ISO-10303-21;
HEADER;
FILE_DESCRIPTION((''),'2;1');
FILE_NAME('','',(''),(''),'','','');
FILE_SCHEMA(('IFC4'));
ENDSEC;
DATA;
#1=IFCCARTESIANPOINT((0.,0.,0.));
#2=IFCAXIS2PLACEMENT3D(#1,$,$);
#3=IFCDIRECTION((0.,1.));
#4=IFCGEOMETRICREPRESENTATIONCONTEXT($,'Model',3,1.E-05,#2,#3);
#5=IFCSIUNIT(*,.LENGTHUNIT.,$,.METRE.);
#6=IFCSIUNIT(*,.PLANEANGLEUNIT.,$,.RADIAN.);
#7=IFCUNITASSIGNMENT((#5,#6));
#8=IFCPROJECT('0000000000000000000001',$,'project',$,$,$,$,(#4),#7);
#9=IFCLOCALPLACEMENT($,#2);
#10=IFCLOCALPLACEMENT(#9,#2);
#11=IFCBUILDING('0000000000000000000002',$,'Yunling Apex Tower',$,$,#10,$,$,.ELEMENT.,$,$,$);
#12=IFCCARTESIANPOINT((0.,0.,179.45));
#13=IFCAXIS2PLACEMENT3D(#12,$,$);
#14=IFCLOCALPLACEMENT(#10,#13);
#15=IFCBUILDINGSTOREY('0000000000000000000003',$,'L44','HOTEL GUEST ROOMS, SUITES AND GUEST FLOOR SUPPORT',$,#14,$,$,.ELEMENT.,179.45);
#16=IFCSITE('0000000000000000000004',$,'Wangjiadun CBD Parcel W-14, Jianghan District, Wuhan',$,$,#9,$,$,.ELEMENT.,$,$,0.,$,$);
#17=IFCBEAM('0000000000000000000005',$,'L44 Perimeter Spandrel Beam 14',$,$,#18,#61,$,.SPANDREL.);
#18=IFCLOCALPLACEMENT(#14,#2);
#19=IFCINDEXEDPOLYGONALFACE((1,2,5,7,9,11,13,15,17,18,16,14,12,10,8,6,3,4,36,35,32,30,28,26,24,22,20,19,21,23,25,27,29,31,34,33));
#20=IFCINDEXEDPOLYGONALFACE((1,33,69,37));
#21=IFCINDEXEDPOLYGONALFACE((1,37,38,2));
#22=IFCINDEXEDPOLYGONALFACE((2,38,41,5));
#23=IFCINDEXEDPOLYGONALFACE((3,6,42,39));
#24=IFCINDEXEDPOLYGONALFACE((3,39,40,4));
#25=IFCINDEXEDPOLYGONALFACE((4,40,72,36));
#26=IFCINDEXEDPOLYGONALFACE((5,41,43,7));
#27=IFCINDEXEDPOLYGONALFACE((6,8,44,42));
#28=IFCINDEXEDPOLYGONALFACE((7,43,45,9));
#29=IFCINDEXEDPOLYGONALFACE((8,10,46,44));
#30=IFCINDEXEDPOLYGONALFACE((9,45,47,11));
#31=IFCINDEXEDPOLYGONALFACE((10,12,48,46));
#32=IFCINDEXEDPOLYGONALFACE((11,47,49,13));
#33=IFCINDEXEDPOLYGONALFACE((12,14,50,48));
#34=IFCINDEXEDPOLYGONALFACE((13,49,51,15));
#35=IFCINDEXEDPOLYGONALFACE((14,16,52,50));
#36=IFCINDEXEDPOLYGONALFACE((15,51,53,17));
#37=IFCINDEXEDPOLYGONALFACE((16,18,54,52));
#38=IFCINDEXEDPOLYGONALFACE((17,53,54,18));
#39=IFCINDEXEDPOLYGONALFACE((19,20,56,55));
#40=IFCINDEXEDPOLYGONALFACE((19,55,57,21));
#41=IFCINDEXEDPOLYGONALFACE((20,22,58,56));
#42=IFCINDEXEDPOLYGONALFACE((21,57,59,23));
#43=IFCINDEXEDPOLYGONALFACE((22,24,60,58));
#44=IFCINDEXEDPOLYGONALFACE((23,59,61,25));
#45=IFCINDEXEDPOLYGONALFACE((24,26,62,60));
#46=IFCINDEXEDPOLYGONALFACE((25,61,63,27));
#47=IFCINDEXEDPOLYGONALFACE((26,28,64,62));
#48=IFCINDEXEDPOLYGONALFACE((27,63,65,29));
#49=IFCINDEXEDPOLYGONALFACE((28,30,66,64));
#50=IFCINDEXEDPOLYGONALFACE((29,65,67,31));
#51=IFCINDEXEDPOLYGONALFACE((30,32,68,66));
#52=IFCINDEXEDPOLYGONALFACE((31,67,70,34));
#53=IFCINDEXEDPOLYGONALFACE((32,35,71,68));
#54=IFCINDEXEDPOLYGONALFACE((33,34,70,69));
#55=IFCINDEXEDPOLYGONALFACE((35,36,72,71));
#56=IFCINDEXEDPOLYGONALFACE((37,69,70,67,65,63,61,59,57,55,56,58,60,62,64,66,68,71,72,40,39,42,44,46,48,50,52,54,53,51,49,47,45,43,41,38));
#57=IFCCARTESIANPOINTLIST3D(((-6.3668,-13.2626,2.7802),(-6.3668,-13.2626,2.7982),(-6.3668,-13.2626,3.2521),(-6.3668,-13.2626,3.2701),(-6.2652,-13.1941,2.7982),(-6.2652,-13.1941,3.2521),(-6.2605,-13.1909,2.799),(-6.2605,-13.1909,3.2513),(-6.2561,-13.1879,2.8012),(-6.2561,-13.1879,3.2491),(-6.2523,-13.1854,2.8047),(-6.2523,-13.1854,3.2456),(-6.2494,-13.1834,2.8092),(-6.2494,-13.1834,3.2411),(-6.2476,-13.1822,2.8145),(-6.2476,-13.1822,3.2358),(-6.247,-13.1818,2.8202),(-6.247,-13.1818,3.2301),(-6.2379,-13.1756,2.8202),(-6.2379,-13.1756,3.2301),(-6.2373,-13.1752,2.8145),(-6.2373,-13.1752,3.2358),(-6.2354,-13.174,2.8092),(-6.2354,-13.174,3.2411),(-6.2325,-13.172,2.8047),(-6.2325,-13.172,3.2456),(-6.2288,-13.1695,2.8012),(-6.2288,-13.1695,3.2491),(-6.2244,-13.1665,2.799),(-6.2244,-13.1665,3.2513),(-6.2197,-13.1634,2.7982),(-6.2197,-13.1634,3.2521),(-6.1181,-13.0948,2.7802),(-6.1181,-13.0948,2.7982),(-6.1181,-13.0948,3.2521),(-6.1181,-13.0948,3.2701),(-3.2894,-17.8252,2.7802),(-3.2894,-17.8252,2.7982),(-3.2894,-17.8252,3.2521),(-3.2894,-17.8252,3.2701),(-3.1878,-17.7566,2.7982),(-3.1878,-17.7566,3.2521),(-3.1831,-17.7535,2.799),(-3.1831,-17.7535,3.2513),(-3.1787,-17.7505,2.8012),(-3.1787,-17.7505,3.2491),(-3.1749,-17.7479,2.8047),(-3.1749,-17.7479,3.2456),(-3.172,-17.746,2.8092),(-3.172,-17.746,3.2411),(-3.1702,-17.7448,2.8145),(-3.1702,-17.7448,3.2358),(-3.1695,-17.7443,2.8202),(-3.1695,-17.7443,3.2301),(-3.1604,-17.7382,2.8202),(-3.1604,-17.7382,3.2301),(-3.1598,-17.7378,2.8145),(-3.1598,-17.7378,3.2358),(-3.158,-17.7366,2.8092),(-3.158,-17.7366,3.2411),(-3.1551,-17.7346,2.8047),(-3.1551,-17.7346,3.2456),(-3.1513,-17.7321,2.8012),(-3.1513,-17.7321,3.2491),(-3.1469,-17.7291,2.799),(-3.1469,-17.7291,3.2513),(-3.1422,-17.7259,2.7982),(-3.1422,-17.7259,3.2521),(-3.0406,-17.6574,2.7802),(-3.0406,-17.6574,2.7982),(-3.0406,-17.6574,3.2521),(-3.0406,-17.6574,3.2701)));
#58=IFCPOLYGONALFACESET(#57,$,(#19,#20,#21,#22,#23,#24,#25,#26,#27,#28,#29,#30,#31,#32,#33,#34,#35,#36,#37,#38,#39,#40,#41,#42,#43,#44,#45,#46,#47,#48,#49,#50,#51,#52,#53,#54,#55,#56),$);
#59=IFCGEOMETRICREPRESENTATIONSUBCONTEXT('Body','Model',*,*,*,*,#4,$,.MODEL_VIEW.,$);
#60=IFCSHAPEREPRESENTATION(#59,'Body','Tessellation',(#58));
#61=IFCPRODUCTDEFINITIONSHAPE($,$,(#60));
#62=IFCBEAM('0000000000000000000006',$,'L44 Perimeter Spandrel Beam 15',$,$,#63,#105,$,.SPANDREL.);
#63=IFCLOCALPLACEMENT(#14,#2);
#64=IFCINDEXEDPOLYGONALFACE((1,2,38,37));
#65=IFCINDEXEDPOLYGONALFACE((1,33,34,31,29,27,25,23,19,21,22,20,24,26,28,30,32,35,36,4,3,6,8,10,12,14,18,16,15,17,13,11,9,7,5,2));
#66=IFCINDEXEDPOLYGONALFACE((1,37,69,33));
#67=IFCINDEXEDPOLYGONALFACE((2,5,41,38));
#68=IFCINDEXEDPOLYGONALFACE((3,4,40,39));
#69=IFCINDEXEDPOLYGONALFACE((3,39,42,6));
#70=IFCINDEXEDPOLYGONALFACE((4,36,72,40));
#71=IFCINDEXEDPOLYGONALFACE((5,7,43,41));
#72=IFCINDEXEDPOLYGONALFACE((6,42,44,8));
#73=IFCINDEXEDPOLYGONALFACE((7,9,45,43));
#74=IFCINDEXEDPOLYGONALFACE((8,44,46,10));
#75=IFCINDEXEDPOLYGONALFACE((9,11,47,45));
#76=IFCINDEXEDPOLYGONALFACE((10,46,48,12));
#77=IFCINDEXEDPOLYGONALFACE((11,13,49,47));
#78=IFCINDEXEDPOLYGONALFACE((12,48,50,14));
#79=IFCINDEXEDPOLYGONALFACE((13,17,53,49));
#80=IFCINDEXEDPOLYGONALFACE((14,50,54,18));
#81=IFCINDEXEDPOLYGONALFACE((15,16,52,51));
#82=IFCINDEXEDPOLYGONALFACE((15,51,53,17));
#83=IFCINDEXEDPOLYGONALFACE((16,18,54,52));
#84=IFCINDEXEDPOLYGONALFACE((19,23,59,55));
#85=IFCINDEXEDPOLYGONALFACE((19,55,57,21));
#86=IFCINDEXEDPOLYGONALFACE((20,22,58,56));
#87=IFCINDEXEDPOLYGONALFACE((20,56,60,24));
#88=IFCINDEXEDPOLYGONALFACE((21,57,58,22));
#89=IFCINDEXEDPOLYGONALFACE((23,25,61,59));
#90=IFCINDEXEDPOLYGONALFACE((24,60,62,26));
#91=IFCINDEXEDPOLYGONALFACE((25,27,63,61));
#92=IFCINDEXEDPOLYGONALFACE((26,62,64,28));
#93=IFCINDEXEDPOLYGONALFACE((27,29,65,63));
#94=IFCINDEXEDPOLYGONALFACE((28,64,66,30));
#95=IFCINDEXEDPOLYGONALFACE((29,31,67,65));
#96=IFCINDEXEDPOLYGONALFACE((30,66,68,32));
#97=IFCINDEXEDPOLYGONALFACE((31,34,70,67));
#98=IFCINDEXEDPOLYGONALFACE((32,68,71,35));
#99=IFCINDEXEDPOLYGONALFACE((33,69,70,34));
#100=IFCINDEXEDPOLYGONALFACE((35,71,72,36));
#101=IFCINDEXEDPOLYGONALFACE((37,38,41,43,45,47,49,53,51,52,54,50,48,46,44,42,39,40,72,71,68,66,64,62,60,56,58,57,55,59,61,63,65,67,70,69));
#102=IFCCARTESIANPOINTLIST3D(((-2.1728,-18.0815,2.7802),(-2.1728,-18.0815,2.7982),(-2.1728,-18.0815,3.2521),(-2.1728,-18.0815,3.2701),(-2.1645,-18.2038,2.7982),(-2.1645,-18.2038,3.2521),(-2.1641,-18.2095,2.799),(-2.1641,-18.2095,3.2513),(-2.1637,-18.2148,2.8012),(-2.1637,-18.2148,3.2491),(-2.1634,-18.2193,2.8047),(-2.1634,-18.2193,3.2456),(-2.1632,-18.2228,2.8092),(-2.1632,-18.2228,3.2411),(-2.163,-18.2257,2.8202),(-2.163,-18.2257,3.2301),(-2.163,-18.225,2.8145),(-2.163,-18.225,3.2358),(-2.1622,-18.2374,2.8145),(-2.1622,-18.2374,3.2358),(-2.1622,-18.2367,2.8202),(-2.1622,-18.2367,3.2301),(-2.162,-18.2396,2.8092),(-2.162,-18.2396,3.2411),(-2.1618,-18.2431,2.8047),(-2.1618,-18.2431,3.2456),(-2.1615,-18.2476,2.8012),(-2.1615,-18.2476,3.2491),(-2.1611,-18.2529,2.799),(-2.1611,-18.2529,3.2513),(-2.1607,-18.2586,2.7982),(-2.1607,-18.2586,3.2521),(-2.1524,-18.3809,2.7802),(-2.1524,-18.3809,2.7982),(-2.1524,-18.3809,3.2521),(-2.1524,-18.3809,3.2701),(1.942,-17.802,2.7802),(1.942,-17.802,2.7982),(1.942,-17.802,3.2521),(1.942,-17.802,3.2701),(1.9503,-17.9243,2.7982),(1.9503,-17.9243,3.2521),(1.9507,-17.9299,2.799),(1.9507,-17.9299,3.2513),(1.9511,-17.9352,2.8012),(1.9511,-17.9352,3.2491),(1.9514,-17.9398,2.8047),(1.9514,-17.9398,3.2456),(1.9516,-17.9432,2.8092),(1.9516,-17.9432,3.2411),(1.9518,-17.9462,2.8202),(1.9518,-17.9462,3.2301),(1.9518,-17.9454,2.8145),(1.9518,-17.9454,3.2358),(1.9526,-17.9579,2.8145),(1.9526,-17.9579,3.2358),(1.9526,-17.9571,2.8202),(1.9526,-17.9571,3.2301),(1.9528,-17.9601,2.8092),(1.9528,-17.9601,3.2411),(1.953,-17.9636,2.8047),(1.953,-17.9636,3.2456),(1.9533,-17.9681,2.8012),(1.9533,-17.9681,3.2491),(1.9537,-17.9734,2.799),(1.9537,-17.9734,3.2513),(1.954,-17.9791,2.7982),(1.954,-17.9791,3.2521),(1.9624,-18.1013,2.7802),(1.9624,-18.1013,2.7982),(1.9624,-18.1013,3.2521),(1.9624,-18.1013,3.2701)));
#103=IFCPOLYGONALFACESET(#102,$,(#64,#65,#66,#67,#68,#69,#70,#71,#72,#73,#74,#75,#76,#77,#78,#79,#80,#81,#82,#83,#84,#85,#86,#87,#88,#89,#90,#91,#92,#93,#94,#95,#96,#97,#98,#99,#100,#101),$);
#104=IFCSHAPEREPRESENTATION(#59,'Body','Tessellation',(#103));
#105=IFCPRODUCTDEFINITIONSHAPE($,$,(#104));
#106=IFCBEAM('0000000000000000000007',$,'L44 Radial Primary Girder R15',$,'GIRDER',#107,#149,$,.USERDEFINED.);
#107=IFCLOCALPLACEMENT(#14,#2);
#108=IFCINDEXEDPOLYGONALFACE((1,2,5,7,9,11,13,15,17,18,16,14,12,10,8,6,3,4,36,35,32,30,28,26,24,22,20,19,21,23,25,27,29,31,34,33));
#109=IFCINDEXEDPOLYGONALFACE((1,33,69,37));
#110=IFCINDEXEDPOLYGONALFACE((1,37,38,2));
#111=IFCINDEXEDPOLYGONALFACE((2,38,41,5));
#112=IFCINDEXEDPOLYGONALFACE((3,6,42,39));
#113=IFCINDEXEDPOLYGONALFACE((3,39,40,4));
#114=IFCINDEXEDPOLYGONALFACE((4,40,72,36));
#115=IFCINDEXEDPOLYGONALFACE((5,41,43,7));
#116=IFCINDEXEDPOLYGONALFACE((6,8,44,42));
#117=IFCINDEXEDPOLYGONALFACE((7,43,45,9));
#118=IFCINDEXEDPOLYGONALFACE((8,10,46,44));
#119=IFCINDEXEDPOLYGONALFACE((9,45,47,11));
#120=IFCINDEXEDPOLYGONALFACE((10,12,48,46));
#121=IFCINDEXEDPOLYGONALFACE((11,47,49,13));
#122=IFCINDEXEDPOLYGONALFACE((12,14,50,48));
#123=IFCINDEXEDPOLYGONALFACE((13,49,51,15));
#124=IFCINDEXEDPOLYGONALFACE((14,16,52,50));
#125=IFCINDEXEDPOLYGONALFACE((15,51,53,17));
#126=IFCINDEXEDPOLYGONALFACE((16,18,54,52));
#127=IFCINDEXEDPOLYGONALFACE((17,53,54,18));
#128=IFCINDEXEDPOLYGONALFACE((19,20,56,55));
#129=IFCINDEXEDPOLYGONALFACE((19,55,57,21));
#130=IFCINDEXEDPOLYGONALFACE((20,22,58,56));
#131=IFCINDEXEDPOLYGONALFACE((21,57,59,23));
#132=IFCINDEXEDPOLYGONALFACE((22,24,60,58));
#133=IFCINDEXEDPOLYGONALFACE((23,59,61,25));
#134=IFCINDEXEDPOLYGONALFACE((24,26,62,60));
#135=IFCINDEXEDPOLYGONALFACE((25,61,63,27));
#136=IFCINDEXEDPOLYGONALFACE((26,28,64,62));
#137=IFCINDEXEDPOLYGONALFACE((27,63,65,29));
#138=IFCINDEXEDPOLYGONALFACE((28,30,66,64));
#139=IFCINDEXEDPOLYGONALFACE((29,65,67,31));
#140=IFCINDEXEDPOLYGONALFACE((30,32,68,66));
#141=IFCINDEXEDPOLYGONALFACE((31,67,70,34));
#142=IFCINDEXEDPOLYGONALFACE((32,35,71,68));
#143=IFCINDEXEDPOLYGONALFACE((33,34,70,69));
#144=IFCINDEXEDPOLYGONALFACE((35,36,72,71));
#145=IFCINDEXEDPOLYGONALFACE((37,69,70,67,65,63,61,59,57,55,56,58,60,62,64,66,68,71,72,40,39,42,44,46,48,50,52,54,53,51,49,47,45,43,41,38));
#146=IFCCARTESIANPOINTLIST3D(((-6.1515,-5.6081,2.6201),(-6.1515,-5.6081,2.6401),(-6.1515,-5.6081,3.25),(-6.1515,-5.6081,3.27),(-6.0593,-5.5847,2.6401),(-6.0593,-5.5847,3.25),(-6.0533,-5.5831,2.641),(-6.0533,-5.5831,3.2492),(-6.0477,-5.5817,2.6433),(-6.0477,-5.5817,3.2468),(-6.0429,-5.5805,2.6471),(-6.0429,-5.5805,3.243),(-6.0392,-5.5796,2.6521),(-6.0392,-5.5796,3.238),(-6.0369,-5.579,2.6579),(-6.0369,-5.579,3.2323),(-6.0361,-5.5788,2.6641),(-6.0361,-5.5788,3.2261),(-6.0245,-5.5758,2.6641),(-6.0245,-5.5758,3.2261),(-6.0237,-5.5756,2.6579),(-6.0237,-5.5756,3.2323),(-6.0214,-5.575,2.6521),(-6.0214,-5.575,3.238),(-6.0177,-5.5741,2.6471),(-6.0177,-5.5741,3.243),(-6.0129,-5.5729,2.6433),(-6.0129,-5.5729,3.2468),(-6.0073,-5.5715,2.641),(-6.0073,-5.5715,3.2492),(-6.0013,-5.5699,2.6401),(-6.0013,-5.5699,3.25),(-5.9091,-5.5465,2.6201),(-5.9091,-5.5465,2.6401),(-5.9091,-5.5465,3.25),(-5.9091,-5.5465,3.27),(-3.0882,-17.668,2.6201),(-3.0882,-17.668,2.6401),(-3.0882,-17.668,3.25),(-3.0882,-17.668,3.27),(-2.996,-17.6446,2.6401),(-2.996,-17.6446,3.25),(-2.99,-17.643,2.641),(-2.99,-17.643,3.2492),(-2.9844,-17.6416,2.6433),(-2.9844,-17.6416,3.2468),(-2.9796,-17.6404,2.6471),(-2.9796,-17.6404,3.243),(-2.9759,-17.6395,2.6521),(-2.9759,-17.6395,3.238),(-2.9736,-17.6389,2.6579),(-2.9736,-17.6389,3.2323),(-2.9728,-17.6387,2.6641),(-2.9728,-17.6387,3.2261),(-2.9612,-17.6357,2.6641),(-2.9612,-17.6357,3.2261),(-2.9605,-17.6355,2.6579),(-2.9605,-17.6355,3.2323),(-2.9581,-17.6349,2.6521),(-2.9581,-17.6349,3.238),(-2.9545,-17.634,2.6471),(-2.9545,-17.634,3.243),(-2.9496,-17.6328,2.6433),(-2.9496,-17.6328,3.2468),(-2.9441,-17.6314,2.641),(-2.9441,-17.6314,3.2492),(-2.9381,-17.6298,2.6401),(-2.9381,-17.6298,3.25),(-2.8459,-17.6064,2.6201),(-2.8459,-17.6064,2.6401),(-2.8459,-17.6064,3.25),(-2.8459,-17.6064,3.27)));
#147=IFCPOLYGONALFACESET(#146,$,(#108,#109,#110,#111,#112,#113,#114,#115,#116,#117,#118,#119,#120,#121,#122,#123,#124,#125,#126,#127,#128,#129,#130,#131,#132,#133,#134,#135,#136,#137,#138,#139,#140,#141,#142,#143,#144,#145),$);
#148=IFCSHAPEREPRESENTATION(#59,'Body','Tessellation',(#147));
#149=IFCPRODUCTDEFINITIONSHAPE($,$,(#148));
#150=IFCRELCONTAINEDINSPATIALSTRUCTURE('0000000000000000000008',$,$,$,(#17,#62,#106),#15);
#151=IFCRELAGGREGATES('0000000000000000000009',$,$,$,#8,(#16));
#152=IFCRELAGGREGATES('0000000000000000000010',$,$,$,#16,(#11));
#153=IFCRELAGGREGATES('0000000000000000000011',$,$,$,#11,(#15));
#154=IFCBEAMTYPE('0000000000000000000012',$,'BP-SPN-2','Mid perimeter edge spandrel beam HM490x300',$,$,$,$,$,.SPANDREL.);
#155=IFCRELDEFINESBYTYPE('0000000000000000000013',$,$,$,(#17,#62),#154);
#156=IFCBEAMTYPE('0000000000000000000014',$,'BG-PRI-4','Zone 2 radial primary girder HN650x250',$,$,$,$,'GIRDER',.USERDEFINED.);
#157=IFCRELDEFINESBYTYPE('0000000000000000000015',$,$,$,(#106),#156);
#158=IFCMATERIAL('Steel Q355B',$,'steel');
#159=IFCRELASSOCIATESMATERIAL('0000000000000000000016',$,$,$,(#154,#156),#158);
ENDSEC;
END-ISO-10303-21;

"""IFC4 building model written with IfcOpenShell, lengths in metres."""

from ifc_helpers import new_model, si_unit, direction, frame, origin, origin_2d, place, context, subcontext, project, spatial, i_section, extrude, source, transform, mapped, material, material_profile, profile_set, type_object, element, save


model = new_model("IFC4")

# Units and contexts
model_context = context("Model", 3, precision=1e-05, world=origin(), true_north=direction((0.0, 1.0)))
body_context = subcontext(model_context, "Body", "Model", "MODEL_VIEW")
ifc_project = project(units=[si_unit("LENGTHUNIT", "METRE"), si_unit("PLANEANGLEUNIT", "RADIAN")], contexts=[model_context])

# Site, building, storey
site_placement = place(None, origin())
site = spatial("IfcSite", under=ifc_project, at=site_placement, Name="Wangjiadun CBD Parcel W-14, Jianghan District, Wuhan", CompositionType="ELEMENT", RefElevation=0.0)
building_placement = place(site_placement, origin())
building = spatial("IfcBuilding", under=site, at=building_placement, Name="Yunling Apex Tower", CompositionType="ELEMENT")
storey_placement = place(building_placement, frame((0.0, 0.0, 179.45)))
storey = spatial("IfcBuildingStorey", under=building, at=storey_placement, Name="L44", Description="HOTEL GUEST ROOMS, SUITES AND GUEST FLOOR SUPPORT", CompositionType="ELEMENT", Elevation=179.45)

# Beams
ifc_material_1 = material(Name="Steel Q355B", Category="steel")
ifc_material_profile_1 = material_profile(ifc_material_1, i_section(OverallWidth=0.3, OverallDepth=0.49, WebThickness=0.011, FlangeThickness=0.0181, FilletRadius=0.022, at=origin_2d()))
ifc_profile_set_1 = profile_set([ifc_material_profile_1], Name="Steel Q355B")
beam_type_1 = type_object("IfcBeamType", Name="BP-SPN-2", Description="Mid perimeter edge spandrel beam HM490x300", PredefinedType="SPANDREL", material=ifc_profile_set_1)
shared_shape_1 = source(origin(), body_context, "Body", "SweptSolid", [
    extrude(i_section(OverallWidth=0.3, OverallDepth=0.49, WebThickness=0.011, FlangeThickness=0.0181, FilletRadius=0.022, at=origin_2d()), origin(), (0.0, 0.0, 1.0), 5.5034),
])
beam_1_placement = place(storey_placement, frame((-6.2424, -13.1787, 3.0251), z_axis=(0.559186, -0.829042, 0.0), x_axis=(0.829042, 0.559186, 0.0)))
element("IfcBeam", 1, at=beam_1_placement, inside=storey, type_object=beam_type_1, Name="L44 Perimeter Spandrel Beam 14", PredefinedType="SPANDREL", context=body_context, shape_type="MappedRepresentation", body=[
    mapped(shared_shape_1, transform((0.0, 0.0, 0.0), scale=1.0)),
])
shared_shape_2 = source(origin(), body_context, "Body", "SweptSolid", [
    extrude(i_section(OverallWidth=0.3, OverallDepth=0.49, WebThickness=0.011, FlangeThickness=0.0181, FilletRadius=0.022, at=origin_2d()), origin(), (0.0, 0.0, 1.0), 4.1243),
])
beam_2_placement = place(storey_placement, frame((-2.1626, -18.2312, 3.0251), z_axis=(0.9977, 0.06778, 0.0), x_axis=(-0.06778, 0.9977, 0.0)))
element("IfcBeam", 2, at=beam_2_placement, inside=storey, type_object=beam_type_1, Name="L44 Perimeter Spandrel Beam 15", PredefinedType="SPANDREL", context=body_context, shape_type="MappedRepresentation", body=[
    mapped(shared_shape_2, transform((0.0, 0.0, 0.0), scale=1.0)),
])
ifc_material_profile_2 = material_profile(ifc_material_1, i_section(OverallWidth=0.25, OverallDepth=0.6499, WebThickness=0.012, FlangeThickness=0.02, FilletRadius=0.0239, at=origin_2d()))
ifc_profile_set_2 = profile_set([ifc_material_profile_2], Name="Steel Q355B")
beam_type_2 = type_object("IfcBeamType", Name="BG-PRI-4", Description="Zone 2 radial primary girder HN650x250", ElementType="GIRDER", PredefinedType="USERDEFINED", material=ifc_profile_set_2)
shared_shape_3 = source(origin(), body_context, "Body", "SweptSolid", [
    extrude(i_section(OverallWidth=0.25, OverallDepth=0.6499, WebThickness=0.012, FlangeThickness=0.02, FilletRadius=0.0239, at=origin_2d()), origin(), (0.0, 0.0, 1.0), 12.4429),
])
beam_3_placement = place(storey_placement, frame((-2.967, -17.6372, 2.9451), z_axis=(-0.246186, 0.969223, 0.0), x_axis=(-0.969223, -0.246186, 0.0)))
element("IfcBeam", 3, at=beam_3_placement, inside=storey, type_object=beam_type_2, Name="L44 Radial Primary Girder R15", ObjectType="GIRDER", PredefinedType="USERDEFINED", context=body_context, shape_type="MappedRepresentation", body=[
    mapped(shared_shape_3, transform((0.0, 0.0, 0.0), scale=1.0)),
])

save(model, "model.ifc")
